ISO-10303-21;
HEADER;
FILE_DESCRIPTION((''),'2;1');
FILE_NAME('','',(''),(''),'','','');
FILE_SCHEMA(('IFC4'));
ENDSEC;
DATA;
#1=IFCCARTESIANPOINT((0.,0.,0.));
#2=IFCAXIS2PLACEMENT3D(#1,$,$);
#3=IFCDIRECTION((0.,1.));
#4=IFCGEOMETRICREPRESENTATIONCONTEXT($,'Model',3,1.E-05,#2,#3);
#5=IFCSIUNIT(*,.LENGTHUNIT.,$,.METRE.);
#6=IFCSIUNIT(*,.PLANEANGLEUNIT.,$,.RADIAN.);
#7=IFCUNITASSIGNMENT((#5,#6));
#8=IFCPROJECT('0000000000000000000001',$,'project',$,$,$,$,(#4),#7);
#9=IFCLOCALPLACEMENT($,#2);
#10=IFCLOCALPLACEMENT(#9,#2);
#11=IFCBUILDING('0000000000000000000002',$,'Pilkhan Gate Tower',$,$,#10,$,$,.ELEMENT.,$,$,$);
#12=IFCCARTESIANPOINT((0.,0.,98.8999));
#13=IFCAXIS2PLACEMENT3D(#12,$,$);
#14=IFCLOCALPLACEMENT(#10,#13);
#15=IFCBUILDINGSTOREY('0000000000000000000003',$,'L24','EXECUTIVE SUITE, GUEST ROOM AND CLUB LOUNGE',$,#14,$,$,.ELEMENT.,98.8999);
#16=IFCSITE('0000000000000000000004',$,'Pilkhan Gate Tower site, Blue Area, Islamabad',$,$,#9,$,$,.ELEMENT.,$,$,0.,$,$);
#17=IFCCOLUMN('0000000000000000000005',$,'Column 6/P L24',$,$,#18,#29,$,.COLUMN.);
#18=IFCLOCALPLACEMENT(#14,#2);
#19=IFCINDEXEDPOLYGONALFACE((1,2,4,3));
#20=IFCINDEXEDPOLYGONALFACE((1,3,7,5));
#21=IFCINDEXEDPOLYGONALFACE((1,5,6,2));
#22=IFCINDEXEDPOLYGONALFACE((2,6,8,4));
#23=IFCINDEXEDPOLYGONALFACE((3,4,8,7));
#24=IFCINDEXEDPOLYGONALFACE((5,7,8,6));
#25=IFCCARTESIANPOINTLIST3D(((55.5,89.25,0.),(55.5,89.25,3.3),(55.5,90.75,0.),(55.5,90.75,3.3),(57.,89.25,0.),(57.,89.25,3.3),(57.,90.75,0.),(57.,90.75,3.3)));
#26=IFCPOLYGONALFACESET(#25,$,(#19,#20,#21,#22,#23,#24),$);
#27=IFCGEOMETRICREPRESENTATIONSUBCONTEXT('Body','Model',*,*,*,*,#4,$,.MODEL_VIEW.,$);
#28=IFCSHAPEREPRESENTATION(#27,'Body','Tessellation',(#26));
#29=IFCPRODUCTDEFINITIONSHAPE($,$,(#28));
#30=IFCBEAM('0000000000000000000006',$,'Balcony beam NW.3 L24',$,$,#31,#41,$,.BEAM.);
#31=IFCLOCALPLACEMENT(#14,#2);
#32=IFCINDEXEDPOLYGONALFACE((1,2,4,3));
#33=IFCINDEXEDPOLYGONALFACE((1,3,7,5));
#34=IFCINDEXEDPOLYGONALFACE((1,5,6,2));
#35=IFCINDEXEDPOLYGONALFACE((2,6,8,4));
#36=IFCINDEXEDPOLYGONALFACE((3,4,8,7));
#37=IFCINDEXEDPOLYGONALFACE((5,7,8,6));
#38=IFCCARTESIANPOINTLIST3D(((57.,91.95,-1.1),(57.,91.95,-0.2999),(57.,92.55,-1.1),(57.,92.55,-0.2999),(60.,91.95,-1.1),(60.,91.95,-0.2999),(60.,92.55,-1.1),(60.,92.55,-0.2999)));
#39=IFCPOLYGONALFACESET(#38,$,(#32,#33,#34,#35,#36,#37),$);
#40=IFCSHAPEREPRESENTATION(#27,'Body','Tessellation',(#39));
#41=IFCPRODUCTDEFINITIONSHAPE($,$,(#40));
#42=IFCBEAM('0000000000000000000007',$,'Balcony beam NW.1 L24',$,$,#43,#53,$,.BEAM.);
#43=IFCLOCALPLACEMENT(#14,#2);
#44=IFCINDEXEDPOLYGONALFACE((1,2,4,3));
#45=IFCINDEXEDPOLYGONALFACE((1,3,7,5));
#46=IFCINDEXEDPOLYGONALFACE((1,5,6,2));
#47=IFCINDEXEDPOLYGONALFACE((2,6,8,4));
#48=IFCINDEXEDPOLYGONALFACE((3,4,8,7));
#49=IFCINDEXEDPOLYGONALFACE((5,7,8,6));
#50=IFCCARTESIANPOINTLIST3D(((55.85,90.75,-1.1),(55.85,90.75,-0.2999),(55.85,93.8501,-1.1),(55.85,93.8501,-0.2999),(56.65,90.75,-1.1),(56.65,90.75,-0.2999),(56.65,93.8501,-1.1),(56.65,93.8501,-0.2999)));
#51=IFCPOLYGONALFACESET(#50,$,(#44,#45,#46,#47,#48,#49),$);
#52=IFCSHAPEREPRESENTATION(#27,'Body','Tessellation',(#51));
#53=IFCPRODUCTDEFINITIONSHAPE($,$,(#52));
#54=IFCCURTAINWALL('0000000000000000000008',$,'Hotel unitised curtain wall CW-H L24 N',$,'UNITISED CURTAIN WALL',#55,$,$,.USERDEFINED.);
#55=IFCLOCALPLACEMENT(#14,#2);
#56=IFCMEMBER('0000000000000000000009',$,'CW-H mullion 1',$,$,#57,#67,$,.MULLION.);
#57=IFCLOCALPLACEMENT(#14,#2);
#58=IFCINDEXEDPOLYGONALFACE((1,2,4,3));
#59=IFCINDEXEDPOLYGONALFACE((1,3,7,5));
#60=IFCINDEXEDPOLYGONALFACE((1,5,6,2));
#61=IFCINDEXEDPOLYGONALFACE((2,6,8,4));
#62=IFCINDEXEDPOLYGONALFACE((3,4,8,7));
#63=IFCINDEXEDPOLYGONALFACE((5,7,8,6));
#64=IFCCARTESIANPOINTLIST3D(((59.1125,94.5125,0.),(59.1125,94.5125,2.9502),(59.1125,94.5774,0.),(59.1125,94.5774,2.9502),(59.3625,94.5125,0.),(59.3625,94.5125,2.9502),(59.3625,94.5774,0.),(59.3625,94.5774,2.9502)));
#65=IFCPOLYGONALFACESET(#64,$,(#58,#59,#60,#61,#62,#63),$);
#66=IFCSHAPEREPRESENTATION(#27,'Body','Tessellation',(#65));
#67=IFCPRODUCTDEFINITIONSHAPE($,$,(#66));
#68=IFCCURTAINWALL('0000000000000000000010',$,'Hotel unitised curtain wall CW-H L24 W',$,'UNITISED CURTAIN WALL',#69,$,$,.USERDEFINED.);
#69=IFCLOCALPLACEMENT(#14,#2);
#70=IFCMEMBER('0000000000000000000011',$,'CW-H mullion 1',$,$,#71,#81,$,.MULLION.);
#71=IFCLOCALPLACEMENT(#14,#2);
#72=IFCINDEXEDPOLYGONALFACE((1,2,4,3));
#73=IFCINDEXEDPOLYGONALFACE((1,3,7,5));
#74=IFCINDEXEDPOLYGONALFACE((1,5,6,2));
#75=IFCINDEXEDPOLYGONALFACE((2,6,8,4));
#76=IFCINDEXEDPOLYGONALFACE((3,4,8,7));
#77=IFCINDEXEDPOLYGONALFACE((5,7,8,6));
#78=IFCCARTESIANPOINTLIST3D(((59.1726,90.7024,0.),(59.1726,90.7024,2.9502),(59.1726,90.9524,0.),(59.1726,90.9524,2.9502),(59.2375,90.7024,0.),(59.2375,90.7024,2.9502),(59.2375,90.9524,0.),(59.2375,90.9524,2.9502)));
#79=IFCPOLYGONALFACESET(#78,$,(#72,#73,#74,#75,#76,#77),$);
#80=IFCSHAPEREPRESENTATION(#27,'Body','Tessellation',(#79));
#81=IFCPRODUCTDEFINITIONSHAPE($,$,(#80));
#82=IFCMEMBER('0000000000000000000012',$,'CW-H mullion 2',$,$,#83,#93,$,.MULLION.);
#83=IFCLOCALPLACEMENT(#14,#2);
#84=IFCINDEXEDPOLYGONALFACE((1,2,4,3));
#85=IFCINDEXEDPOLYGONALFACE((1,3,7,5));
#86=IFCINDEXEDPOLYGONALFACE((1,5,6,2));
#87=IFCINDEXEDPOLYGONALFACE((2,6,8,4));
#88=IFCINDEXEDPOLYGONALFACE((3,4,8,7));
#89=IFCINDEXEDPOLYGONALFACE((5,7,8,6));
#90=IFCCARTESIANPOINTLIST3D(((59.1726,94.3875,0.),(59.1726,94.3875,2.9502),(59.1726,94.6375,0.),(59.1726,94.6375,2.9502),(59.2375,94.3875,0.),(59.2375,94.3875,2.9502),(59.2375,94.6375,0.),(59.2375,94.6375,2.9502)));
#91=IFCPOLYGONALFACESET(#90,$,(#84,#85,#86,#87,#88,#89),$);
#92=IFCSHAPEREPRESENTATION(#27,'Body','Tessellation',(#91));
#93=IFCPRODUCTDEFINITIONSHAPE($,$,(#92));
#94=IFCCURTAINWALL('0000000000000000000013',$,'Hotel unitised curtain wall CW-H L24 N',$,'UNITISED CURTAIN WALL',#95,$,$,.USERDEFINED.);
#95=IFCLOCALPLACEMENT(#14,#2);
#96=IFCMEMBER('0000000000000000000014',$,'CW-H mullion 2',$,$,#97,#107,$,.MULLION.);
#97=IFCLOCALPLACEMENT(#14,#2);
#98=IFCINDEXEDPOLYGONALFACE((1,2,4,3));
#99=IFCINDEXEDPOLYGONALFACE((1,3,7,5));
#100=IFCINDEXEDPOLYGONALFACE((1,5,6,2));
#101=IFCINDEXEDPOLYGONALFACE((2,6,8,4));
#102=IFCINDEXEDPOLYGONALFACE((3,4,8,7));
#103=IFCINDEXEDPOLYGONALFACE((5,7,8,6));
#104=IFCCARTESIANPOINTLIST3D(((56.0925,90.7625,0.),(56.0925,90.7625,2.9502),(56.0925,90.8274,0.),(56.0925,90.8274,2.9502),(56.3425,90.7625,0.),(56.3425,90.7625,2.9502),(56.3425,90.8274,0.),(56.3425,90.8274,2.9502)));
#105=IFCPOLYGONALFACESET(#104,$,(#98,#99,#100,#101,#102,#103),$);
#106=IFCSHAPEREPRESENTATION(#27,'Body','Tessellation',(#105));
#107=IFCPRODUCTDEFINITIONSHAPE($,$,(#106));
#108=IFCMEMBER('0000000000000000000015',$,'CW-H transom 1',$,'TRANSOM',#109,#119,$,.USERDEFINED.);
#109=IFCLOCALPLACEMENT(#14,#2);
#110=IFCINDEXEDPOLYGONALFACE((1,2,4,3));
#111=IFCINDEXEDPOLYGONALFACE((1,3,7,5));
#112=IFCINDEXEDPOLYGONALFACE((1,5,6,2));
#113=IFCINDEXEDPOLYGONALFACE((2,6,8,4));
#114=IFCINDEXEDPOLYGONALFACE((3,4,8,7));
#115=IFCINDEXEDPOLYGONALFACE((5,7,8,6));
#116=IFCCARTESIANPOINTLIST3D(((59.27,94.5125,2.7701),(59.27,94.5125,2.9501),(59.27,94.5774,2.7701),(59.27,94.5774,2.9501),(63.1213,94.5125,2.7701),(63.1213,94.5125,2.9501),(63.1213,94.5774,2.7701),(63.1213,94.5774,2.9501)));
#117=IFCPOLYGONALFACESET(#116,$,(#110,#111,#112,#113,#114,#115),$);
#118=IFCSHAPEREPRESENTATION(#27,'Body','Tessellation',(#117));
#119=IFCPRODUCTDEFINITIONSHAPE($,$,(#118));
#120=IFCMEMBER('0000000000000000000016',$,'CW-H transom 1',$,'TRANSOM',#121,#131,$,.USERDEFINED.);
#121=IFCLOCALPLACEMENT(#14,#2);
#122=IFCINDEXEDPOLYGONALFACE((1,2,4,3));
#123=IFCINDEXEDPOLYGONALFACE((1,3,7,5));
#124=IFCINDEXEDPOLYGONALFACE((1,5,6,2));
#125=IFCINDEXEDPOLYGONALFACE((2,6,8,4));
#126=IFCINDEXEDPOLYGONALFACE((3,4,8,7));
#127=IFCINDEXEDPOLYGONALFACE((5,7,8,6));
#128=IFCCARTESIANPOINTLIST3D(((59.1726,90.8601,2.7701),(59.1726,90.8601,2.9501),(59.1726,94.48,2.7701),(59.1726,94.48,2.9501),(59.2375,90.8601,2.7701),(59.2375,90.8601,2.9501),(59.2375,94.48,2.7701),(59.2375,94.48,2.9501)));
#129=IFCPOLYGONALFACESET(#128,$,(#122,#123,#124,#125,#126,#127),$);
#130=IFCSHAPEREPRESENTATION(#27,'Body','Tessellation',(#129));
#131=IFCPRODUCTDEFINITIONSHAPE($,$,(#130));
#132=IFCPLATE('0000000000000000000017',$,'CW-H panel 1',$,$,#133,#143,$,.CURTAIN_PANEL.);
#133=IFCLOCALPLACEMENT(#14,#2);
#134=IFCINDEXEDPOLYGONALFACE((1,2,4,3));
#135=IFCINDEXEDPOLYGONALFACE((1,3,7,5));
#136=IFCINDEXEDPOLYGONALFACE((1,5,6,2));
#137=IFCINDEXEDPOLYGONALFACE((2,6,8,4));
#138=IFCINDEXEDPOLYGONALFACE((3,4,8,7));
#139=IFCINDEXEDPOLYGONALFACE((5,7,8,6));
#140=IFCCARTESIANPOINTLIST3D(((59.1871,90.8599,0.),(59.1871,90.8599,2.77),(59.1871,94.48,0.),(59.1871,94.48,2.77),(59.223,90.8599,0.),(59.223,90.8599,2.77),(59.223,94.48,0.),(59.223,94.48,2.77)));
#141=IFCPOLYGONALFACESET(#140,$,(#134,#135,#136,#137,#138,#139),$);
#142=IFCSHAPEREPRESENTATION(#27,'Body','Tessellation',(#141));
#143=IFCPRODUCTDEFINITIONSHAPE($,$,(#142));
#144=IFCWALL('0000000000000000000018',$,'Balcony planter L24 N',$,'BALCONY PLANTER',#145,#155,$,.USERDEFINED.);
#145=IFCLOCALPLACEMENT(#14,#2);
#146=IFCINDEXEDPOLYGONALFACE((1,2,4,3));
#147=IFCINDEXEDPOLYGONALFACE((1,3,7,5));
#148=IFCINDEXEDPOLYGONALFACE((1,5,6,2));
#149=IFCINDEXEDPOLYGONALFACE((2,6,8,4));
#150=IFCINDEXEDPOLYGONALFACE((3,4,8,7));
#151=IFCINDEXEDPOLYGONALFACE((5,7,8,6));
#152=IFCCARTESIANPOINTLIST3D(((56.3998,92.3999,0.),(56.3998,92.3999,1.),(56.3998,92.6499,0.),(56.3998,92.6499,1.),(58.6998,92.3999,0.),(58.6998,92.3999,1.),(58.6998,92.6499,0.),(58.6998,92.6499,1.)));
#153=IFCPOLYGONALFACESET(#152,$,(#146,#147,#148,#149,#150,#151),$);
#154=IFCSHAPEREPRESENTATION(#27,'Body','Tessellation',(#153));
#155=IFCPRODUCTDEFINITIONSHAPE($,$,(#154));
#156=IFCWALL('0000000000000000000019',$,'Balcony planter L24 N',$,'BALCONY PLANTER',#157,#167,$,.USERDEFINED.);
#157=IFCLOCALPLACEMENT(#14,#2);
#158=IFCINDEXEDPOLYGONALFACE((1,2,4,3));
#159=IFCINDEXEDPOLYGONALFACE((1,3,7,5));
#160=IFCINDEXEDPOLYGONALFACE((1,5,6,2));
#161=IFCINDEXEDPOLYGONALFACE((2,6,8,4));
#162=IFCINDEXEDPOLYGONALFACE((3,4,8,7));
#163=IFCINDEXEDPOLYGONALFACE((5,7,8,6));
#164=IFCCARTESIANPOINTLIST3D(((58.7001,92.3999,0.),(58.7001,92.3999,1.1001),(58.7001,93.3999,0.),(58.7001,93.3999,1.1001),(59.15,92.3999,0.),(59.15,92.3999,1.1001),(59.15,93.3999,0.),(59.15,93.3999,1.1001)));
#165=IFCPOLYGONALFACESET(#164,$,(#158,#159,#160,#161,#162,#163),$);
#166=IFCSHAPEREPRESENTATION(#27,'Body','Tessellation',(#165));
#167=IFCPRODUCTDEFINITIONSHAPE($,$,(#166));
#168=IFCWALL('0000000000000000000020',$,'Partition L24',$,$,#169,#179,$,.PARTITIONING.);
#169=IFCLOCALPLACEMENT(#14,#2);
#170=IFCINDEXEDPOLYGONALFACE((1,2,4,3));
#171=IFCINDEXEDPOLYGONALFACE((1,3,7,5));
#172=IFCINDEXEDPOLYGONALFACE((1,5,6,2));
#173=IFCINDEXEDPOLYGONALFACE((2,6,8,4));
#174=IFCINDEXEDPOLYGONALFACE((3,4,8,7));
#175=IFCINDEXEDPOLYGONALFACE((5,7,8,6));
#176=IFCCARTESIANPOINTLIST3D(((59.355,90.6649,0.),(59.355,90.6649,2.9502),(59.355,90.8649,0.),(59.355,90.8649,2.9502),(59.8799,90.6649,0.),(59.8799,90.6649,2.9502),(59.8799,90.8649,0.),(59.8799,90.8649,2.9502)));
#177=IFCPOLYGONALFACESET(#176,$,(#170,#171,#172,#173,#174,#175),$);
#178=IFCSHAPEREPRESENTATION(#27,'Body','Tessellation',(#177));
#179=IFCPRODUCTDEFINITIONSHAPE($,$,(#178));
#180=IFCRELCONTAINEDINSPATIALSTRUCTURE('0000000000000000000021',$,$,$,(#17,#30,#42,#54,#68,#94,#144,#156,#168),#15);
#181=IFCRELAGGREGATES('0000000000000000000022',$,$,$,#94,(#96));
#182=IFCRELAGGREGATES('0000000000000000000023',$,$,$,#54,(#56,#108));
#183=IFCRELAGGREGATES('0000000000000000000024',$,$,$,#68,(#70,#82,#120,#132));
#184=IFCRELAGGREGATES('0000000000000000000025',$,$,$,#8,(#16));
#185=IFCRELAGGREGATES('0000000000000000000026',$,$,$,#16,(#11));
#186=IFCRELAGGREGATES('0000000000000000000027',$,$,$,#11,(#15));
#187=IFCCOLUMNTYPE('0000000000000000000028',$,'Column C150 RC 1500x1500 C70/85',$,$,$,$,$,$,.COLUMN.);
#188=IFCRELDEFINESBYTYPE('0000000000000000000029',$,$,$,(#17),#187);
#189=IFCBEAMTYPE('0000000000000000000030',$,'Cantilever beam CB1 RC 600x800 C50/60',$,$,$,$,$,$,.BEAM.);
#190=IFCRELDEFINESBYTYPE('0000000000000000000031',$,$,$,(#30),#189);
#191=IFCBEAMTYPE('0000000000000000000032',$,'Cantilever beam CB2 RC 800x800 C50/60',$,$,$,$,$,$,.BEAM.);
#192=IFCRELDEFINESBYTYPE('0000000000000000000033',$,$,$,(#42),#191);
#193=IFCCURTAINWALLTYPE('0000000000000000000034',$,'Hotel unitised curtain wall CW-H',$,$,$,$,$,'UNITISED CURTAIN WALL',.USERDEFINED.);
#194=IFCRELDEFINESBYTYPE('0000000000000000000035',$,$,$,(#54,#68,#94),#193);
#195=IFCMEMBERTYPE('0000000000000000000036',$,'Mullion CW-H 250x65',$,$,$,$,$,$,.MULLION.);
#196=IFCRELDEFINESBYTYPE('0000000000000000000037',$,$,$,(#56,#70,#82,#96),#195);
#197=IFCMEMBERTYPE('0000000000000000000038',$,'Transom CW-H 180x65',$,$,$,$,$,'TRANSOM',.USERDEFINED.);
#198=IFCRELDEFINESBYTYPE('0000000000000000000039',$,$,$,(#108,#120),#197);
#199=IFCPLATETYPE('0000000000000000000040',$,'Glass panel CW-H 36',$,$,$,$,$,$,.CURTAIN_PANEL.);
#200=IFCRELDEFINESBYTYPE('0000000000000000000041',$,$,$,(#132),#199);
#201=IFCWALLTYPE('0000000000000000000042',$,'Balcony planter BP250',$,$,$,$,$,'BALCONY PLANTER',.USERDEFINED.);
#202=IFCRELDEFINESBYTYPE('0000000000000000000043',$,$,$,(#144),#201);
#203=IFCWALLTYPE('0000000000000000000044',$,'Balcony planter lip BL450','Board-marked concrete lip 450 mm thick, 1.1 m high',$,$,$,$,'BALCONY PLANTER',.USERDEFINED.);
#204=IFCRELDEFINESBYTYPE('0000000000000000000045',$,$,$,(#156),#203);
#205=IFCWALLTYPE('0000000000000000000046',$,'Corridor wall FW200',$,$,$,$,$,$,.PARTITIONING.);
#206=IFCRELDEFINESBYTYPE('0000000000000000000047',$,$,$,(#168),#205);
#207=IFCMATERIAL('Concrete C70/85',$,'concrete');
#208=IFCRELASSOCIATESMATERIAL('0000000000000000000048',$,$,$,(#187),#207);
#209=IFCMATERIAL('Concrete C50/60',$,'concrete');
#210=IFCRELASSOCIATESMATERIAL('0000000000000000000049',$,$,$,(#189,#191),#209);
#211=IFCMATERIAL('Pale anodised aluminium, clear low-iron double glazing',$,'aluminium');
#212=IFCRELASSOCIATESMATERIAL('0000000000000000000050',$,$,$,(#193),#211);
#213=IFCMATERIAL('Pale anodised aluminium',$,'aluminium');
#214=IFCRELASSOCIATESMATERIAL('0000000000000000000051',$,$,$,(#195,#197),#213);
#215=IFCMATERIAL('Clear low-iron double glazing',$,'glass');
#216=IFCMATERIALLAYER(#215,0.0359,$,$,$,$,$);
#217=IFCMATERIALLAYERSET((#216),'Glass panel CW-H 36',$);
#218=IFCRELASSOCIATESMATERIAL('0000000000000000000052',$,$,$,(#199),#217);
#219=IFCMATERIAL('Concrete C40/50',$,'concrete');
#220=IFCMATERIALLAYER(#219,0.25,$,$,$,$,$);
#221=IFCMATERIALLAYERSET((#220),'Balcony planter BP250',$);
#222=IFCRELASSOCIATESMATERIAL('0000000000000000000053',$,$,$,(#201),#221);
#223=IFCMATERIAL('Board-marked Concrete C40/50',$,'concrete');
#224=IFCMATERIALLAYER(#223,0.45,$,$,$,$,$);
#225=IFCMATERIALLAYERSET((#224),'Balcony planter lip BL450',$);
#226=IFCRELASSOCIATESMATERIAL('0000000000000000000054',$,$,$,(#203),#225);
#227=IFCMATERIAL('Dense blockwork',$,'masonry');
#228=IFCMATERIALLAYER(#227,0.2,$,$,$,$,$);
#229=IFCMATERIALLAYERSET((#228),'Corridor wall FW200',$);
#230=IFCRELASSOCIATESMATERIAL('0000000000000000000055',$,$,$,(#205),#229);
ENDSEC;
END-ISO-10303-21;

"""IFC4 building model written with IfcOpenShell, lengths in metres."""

from ifc_helpers import new_model, si_unit, direction, frame, frame_2d, origin, origin_2d, place, context, subcontext, project, spatial, rectangle, extrude, material, layer, layer_set, material_profile, profile_set, type_object, element, aggregate, save


model = new_model("IFC4")

# Units and contexts
model_context = context("Model", 3, precision=1e-05, world=origin(), true_north=direction((0.0, 1.0)))
body_context = subcontext(model_context, "Body", "Model", "MODEL_VIEW")
ifc_project = project(units=[si_unit("LENGTHUNIT", "METRE"), si_unit("PLANEANGLEUNIT", "RADIAN")], contexts=[model_context])

# Site, building, storey
site_placement = place(None, origin())
site = spatial("IfcSite", under=ifc_project, at=site_placement, Name="Pilkhan Gate Tower site, Blue Area, Islamabad", CompositionType="ELEMENT", RefElevation=0.0)
building_placement = place(site_placement, origin())
building = spatial("IfcBuilding", under=site, at=building_placement, Name="Pilkhan Gate Tower", CompositionType="ELEMENT")
storey_placement = place(building_placement, frame((0.0, 0.0, 98.8999)))
storey = spatial("IfcBuildingStorey", under=building, at=storey_placement, Name="L24", Description="EXECUTIVE SUITE, GUEST ROOM AND CLUB LOUNGE", CompositionType="ELEMENT", Elevation=98.8999)

# Column
ifc_material_1 = material(Name="Concrete C70/85", Category="concrete")
ifc_material_profile_1 = material_profile(ifc_material_1, rectangle(XDim=1.5, YDim=1.5, at=origin_2d()), Name="RC 1500x1500")
ifc_profile_set_1 = profile_set([ifc_material_profile_1], Name="Concrete C70/85")
column_type = type_object("IfcColumnType", Name="Column C150 RC 1500x1500 C70/85", PredefinedType="COLUMN", material=ifc_profile_set_1)
column_placement = place(storey_placement, frame((56.25, 90.0, 0.0), z_axis=(0.0, 0.0, 1.0), x_axis=(1.0, 0.0, 0.0)))
element("IfcColumn", 1, at=column_placement, inside=storey, type_object=column_type, Name="Column 6/P L24", PredefinedType="COLUMN", context=body_context, shape_type="SweptSolid", body=[
    extrude(rectangle(XDim=1.5, YDim=1.5, at=origin_2d()), origin(), (0.0, 0.0, 1.0), 3.3),
])

# Beams
ifc_material_2 = material(Name="Concrete C50/60", Category="concrete")
ifc_material_profile_2 = material_profile(ifc_material_2, rectangle(XDim=0.6001, YDim=0.8, at=origin_2d()), Name="RC 600x800")
ifc_profile_set_2 = profile_set([ifc_material_profile_2], Name="Concrete C50/60")
beam_type_1 = type_object("IfcBeamType", Name="Cantilever beam CB1 RC 600x800 C50/60", PredefinedType="BEAM", material=ifc_profile_set_2)
beam_1_placement = place(storey_placement, frame((60.0, 92.25, -0.7), z_axis=(-1.0, 0.0, 0.0), x_axis=(0.0, -1.0, 0.0)))
element("IfcBeam", 2, at=beam_1_placement, inside=storey, type_object=beam_type_1, Name="Balcony beam NW.3 L24", PredefinedType="BEAM", context=body_context, shape_type="SweptSolid", body=[
    extrude(rectangle(XDim=0.6001, YDim=0.8, at=origin_2d()), origin(), (0.0, 0.0, 1.0), 3.0),
])
ifc_material_profile_3 = material_profile(ifc_material_2, rectangle(XDim=0.8, YDim=0.8, at=origin_2d()), Name="RC 800x800")
ifc_profile_set_3 = profile_set([ifc_material_profile_3], Name="Concrete C50/60")
beam_type_2 = type_object("IfcBeamType", Name="Cantilever beam CB2 RC 800x800 C50/60", PredefinedType="BEAM", material=ifc_profile_set_3)
beam_2_placement = place(storey_placement, frame((56.25, 90.75, -0.7), z_axis=(0.0, 1.0, 0.0), x_axis=(-1.0, 0.0, 0.0)))
element("IfcBeam", 3, at=beam_2_placement, inside=storey, type_object=beam_type_2, Name="Balcony beam NW.1 L24", PredefinedType="BEAM", context=body_context, shape_type="SweptSolid", body=[
    extrude(rectangle(XDim=0.8, YDim=0.8, at=origin_2d()), origin(), (0.0, 0.0, 1.0), 3.1001),
])

# Curtain wall, member
ifc_material_3 = material(Name="Pale anodised aluminium, clear low-iron double glazing", Category="aluminium")
curtain_wall_type = type_object("IfcCurtainWallType", Name="Hotel unitised curtain wall CW-H", ElementType="UNITISED CURTAIN WALL", PredefinedType="USERDEFINED", material=ifc_material_3)
curtain_wall_1_placement = place(storey_placement, origin())
curtain_wall_1 = element("IfcCurtainWall", 4, at=curtain_wall_1_placement, inside=storey, type_object=curtain_wall_type, Name="Hotel unitised curtain wall CW-H L24 N", ObjectType="UNITISED CURTAIN WALL", PredefinedType="USERDEFINED")
ifc_material_4 = material(Name="Pale anodised aluminium", Category="aluminium")
ifc_material_profile_4 = material_profile(ifc_material_4, rectangle(XDim=0.0649, YDim=0.25, at=origin_2d()), Name="Mullion 250x65")
ifc_profile_set_4 = profile_set([ifc_material_profile_4], Name="Pale anodised aluminium")
member_type_1 = type_object("IfcMemberType", Name="Mullion CW-H 250x65", PredefinedType="MULLION", material=ifc_profile_set_4)
member_1_placement = place(storey_placement, frame((59.2375, 94.5449, 0.0), z_axis=(0.0, 0.0, 1.0), x_axis=(0.0, 1.0, 0.0)))
member_1 = element("IfcMember", 5, at=member_1_placement, type_object=member_type_1, Name="CW-H mullion 1", PredefinedType="MULLION", context=body_context, shape_type="SweptSolid", body=[
    extrude(rectangle(XDim=0.0649, YDim=0.25, at=origin_2d()), origin(), (0.0, 0.0, 1.0), 2.9502),
])

# Curtain wall, members
curtain_wall_2_placement = place(storey_placement, origin())
curtain_wall_2 = element("IfcCurtainWall", 6, at=curtain_wall_2_placement, inside=storey, type_object=curtain_wall_type, Name="Hotel unitised curtain wall CW-H L24 W", ObjectType="UNITISED CURTAIN WALL", PredefinedType="USERDEFINED")
member_2_placement = place(storey_placement, frame((59.2051, 90.8274, 0.0), z_axis=(0.0, 0.0, 1.0), x_axis=(-1.0, 0.0, 0.0)))
member_2 = element("IfcMember", 7, at=member_2_placement, type_object=member_type_1, Name="CW-H mullion 1", PredefinedType="MULLION", context=body_context, shape_type="SweptSolid", body=[
    extrude(rectangle(XDim=0.0649, YDim=0.25, at=origin_2d()), origin(), (0.0, 0.0, 1.0), 2.9502),
])
member_3_placement = place(storey_placement, frame((59.2051, 94.5125, 0.0), z_axis=(0.0, 0.0, 1.0), x_axis=(-1.0, 0.0, 0.0)))
member_3 = element("IfcMember", 8, at=member_3_placement, type_object=member_type_1, Name="CW-H mullion 2", PredefinedType="MULLION", context=body_context, shape_type="SweptSolid", body=[
    extrude(rectangle(XDim=0.0649, YDim=0.25, at=origin_2d()), origin(), (0.0, 0.0, 1.0), 2.9502),
])

# Curtain wall, member
curtain_wall_3_placement = place(storey_placement, origin())
curtain_wall_3 = element("IfcCurtainWall", 9, at=curtain_wall_3_placement, inside=storey, type_object=curtain_wall_type, Name="Hotel unitised curtain wall CW-H L24 N", ObjectType="UNITISED CURTAIN WALL", PredefinedType="USERDEFINED")
member_4_placement = place(storey_placement, frame((56.2175, 90.7949, 0.0), z_axis=(0.0, 0.0, 1.0), x_axis=(0.0, 1.0, 0.0)))
member_4 = element("IfcMember", 10, at=member_4_placement, type_object=member_type_1, Name="CW-H mullion 2", PredefinedType="MULLION", context=body_context, shape_type="SweptSolid", body=[
    extrude(rectangle(XDim=0.0649, YDim=0.25, at=origin_2d()), origin(), (0.0, 0.0, 1.0), 2.9502),
])
aggregate(curtain_wall_3, [member_4])

# Members
ifc_material_profile_5 = material_profile(ifc_material_4, rectangle(XDim=0.0649, YDim=0.1799, at=origin_2d()), Name="Transom 180x65")
ifc_profile_set_5 = profile_set([ifc_material_profile_5], Name="Pale anodised aluminium")
member_type_2 = type_object("IfcMemberType", Name="Transom CW-H 180x65", ElementType="TRANSOM", PredefinedType="USERDEFINED", material=ifc_profile_set_5)
member_5_placement = place(storey_placement, frame((59.27, 94.5449, 2.8601), z_axis=(1.0, 0.0, 0.0), x_axis=(0.0, 1.0, 0.0)))
member_5 = element("IfcMember", 11, at=member_5_placement, type_object=member_type_2, Name="CW-H transom 1", ObjectType="TRANSOM", PredefinedType="USERDEFINED", context=body_context, shape_type="SweptSolid", body=[
    extrude(rectangle(XDim=0.0649, YDim=0.1799, at=origin_2d()), origin(), (0.0, 0.0, 1.0), 3.8513),
])
aggregate(curtain_wall_1, [member_1, member_5])
member_6_placement = place(storey_placement, frame((59.2051, 90.8601, 2.8601), z_axis=(0.0, 1.0, 0.0), x_axis=(-1.0, 0.0, 0.0)))
member_6 = element("IfcMember", 12, at=member_6_placement, type_object=member_type_2, Name="CW-H transom 1", ObjectType="TRANSOM", PredefinedType="USERDEFINED", context=body_context, shape_type="SweptSolid", body=[
    extrude(rectangle(XDim=0.0649, YDim=0.1799, at=origin_2d()), origin(), (0.0, 0.0, 1.0), 3.6199),
])

# Plate
ifc_material_5 = material(Name="Clear low-iron double glazing", Category="glass")
ifc_layer_1 = layer(ifc_material_5, 0.0359)
ifc_layer_set_1 = layer_set([ifc_layer_1], Name="Glass panel CW-H 36")
plate_type = type_object("IfcPlateType", Name="Glass panel CW-H 36", PredefinedType="CURTAIN_PANEL", material=ifc_layer_set_1)
plate_placement = place(storey_placement, frame((59.2051, 92.6699, 0.0), z_axis=(0.0, 0.0, 1.0), x_axis=(0.0, 1.0, 0.0)))
plate = element("IfcPlate", 13, at=plate_placement, type_object=plate_type, Name="CW-H panel 1", PredefinedType="CURTAIN_PANEL", context=body_context, shape_type="SweptSolid", body=[
    extrude(rectangle(XDim=3.6201, YDim=0.0359, at=origin_2d()), origin(), (0.0, 0.0, 1.0), 2.77),
])
aggregate(curtain_wall_2, [member_2, member_3, member_6, plate])

# Walls
ifc_material_6 = material(Name="Concrete C40/50", Category="concrete")
ifc_layer_2 = layer(ifc_material_6, 0.25)
ifc_layer_set_2 = layer_set([ifc_layer_2], Name="Balcony planter BP250")
wall_type_1 = type_object("IfcWallType", Name="Balcony planter BP250", ElementType="BALCONY PLANTER", PredefinedType="USERDEFINED", material=ifc_layer_set_2)
wall_1_placement = place(storey_placement, frame((56.3999, 92.5249, 0.0), z_axis=(0.0, 0.0, 1.0), x_axis=(1.0, 0.0, 0.0)))
element("IfcWall", 14, at=wall_1_placement, inside=storey, type_object=wall_type_1, Name="Balcony planter L24 N", ObjectType="BALCONY PLANTER", PredefinedType="USERDEFINED", context=body_context, shape_type="SweptSolid", body=[
    extrude(rectangle(XDim=2.3, YDim=0.25, at=frame_2d((1.1499, 0.0))), origin(), (0.0, 0.0, 1.0), 1.0),
])
ifc_material_7 = material(Name="Board-marked Concrete C40/50", Category="concrete")
ifc_layer_3 = layer(ifc_material_7, 0.45)
ifc_layer_set_3 = layer_set([ifc_layer_3], Name="Balcony planter lip BL450")
wall_type_2 = type_object("IfcWallType", Name="Balcony planter lip BL450", Description="Board-marked concrete lip 450 mm thick, 1.1 m high", ElementType="BALCONY PLANTER", PredefinedType="USERDEFINED", material=ifc_layer_set_3)
wall_2_placement = place(storey_placement, frame((58.925, 92.3999, 0.0), z_axis=(0.0, 0.0, 1.0), x_axis=(0.0, 1.0, 0.0)))
element("IfcWall", 15, at=wall_2_placement, inside=storey, type_object=wall_type_2, Name="Balcony planter L24 N", ObjectType="BALCONY PLANTER", PredefinedType="USERDEFINED", context=body_context, shape_type="SweptSolid", body=[
    extrude(rectangle(XDim=1.0, YDim=0.45, at=frame_2d((0.5, 0.0))), origin(), (0.0, 0.0, 1.0), 1.1001),
])
ifc_material_8 = material(Name="Dense blockwork", Category="masonry")
ifc_layer_4 = layer(ifc_material_8, 0.2)
ifc_layer_set_4 = layer_set([ifc_layer_4], Name="Corridor wall FW200")
wall_type_3 = type_object("IfcWallType", Name="Corridor wall FW200", PredefinedType="PARTITIONING", material=ifc_layer_set_4)
wall_3_placement = place(storey_placement, frame((59.355, 90.7649, 0.0), z_axis=(0.0, 0.0, 1.0), x_axis=(1.0, 0.0, 0.0)))
element("IfcWall", 16, at=wall_3_placement, inside=storey, type_object=wall_type_3, Name="Partition L24", PredefinedType="PARTITIONING", context=body_context, shape_type="SweptSolid", body=[
    extrude(rectangle(XDim=0.5249, YDim=0.2, at=frame_2d((0.2625, 0.0))), origin(), (0.0, 0.0, 1.0), 2.9502),
])

save(model, "model.ifc")
